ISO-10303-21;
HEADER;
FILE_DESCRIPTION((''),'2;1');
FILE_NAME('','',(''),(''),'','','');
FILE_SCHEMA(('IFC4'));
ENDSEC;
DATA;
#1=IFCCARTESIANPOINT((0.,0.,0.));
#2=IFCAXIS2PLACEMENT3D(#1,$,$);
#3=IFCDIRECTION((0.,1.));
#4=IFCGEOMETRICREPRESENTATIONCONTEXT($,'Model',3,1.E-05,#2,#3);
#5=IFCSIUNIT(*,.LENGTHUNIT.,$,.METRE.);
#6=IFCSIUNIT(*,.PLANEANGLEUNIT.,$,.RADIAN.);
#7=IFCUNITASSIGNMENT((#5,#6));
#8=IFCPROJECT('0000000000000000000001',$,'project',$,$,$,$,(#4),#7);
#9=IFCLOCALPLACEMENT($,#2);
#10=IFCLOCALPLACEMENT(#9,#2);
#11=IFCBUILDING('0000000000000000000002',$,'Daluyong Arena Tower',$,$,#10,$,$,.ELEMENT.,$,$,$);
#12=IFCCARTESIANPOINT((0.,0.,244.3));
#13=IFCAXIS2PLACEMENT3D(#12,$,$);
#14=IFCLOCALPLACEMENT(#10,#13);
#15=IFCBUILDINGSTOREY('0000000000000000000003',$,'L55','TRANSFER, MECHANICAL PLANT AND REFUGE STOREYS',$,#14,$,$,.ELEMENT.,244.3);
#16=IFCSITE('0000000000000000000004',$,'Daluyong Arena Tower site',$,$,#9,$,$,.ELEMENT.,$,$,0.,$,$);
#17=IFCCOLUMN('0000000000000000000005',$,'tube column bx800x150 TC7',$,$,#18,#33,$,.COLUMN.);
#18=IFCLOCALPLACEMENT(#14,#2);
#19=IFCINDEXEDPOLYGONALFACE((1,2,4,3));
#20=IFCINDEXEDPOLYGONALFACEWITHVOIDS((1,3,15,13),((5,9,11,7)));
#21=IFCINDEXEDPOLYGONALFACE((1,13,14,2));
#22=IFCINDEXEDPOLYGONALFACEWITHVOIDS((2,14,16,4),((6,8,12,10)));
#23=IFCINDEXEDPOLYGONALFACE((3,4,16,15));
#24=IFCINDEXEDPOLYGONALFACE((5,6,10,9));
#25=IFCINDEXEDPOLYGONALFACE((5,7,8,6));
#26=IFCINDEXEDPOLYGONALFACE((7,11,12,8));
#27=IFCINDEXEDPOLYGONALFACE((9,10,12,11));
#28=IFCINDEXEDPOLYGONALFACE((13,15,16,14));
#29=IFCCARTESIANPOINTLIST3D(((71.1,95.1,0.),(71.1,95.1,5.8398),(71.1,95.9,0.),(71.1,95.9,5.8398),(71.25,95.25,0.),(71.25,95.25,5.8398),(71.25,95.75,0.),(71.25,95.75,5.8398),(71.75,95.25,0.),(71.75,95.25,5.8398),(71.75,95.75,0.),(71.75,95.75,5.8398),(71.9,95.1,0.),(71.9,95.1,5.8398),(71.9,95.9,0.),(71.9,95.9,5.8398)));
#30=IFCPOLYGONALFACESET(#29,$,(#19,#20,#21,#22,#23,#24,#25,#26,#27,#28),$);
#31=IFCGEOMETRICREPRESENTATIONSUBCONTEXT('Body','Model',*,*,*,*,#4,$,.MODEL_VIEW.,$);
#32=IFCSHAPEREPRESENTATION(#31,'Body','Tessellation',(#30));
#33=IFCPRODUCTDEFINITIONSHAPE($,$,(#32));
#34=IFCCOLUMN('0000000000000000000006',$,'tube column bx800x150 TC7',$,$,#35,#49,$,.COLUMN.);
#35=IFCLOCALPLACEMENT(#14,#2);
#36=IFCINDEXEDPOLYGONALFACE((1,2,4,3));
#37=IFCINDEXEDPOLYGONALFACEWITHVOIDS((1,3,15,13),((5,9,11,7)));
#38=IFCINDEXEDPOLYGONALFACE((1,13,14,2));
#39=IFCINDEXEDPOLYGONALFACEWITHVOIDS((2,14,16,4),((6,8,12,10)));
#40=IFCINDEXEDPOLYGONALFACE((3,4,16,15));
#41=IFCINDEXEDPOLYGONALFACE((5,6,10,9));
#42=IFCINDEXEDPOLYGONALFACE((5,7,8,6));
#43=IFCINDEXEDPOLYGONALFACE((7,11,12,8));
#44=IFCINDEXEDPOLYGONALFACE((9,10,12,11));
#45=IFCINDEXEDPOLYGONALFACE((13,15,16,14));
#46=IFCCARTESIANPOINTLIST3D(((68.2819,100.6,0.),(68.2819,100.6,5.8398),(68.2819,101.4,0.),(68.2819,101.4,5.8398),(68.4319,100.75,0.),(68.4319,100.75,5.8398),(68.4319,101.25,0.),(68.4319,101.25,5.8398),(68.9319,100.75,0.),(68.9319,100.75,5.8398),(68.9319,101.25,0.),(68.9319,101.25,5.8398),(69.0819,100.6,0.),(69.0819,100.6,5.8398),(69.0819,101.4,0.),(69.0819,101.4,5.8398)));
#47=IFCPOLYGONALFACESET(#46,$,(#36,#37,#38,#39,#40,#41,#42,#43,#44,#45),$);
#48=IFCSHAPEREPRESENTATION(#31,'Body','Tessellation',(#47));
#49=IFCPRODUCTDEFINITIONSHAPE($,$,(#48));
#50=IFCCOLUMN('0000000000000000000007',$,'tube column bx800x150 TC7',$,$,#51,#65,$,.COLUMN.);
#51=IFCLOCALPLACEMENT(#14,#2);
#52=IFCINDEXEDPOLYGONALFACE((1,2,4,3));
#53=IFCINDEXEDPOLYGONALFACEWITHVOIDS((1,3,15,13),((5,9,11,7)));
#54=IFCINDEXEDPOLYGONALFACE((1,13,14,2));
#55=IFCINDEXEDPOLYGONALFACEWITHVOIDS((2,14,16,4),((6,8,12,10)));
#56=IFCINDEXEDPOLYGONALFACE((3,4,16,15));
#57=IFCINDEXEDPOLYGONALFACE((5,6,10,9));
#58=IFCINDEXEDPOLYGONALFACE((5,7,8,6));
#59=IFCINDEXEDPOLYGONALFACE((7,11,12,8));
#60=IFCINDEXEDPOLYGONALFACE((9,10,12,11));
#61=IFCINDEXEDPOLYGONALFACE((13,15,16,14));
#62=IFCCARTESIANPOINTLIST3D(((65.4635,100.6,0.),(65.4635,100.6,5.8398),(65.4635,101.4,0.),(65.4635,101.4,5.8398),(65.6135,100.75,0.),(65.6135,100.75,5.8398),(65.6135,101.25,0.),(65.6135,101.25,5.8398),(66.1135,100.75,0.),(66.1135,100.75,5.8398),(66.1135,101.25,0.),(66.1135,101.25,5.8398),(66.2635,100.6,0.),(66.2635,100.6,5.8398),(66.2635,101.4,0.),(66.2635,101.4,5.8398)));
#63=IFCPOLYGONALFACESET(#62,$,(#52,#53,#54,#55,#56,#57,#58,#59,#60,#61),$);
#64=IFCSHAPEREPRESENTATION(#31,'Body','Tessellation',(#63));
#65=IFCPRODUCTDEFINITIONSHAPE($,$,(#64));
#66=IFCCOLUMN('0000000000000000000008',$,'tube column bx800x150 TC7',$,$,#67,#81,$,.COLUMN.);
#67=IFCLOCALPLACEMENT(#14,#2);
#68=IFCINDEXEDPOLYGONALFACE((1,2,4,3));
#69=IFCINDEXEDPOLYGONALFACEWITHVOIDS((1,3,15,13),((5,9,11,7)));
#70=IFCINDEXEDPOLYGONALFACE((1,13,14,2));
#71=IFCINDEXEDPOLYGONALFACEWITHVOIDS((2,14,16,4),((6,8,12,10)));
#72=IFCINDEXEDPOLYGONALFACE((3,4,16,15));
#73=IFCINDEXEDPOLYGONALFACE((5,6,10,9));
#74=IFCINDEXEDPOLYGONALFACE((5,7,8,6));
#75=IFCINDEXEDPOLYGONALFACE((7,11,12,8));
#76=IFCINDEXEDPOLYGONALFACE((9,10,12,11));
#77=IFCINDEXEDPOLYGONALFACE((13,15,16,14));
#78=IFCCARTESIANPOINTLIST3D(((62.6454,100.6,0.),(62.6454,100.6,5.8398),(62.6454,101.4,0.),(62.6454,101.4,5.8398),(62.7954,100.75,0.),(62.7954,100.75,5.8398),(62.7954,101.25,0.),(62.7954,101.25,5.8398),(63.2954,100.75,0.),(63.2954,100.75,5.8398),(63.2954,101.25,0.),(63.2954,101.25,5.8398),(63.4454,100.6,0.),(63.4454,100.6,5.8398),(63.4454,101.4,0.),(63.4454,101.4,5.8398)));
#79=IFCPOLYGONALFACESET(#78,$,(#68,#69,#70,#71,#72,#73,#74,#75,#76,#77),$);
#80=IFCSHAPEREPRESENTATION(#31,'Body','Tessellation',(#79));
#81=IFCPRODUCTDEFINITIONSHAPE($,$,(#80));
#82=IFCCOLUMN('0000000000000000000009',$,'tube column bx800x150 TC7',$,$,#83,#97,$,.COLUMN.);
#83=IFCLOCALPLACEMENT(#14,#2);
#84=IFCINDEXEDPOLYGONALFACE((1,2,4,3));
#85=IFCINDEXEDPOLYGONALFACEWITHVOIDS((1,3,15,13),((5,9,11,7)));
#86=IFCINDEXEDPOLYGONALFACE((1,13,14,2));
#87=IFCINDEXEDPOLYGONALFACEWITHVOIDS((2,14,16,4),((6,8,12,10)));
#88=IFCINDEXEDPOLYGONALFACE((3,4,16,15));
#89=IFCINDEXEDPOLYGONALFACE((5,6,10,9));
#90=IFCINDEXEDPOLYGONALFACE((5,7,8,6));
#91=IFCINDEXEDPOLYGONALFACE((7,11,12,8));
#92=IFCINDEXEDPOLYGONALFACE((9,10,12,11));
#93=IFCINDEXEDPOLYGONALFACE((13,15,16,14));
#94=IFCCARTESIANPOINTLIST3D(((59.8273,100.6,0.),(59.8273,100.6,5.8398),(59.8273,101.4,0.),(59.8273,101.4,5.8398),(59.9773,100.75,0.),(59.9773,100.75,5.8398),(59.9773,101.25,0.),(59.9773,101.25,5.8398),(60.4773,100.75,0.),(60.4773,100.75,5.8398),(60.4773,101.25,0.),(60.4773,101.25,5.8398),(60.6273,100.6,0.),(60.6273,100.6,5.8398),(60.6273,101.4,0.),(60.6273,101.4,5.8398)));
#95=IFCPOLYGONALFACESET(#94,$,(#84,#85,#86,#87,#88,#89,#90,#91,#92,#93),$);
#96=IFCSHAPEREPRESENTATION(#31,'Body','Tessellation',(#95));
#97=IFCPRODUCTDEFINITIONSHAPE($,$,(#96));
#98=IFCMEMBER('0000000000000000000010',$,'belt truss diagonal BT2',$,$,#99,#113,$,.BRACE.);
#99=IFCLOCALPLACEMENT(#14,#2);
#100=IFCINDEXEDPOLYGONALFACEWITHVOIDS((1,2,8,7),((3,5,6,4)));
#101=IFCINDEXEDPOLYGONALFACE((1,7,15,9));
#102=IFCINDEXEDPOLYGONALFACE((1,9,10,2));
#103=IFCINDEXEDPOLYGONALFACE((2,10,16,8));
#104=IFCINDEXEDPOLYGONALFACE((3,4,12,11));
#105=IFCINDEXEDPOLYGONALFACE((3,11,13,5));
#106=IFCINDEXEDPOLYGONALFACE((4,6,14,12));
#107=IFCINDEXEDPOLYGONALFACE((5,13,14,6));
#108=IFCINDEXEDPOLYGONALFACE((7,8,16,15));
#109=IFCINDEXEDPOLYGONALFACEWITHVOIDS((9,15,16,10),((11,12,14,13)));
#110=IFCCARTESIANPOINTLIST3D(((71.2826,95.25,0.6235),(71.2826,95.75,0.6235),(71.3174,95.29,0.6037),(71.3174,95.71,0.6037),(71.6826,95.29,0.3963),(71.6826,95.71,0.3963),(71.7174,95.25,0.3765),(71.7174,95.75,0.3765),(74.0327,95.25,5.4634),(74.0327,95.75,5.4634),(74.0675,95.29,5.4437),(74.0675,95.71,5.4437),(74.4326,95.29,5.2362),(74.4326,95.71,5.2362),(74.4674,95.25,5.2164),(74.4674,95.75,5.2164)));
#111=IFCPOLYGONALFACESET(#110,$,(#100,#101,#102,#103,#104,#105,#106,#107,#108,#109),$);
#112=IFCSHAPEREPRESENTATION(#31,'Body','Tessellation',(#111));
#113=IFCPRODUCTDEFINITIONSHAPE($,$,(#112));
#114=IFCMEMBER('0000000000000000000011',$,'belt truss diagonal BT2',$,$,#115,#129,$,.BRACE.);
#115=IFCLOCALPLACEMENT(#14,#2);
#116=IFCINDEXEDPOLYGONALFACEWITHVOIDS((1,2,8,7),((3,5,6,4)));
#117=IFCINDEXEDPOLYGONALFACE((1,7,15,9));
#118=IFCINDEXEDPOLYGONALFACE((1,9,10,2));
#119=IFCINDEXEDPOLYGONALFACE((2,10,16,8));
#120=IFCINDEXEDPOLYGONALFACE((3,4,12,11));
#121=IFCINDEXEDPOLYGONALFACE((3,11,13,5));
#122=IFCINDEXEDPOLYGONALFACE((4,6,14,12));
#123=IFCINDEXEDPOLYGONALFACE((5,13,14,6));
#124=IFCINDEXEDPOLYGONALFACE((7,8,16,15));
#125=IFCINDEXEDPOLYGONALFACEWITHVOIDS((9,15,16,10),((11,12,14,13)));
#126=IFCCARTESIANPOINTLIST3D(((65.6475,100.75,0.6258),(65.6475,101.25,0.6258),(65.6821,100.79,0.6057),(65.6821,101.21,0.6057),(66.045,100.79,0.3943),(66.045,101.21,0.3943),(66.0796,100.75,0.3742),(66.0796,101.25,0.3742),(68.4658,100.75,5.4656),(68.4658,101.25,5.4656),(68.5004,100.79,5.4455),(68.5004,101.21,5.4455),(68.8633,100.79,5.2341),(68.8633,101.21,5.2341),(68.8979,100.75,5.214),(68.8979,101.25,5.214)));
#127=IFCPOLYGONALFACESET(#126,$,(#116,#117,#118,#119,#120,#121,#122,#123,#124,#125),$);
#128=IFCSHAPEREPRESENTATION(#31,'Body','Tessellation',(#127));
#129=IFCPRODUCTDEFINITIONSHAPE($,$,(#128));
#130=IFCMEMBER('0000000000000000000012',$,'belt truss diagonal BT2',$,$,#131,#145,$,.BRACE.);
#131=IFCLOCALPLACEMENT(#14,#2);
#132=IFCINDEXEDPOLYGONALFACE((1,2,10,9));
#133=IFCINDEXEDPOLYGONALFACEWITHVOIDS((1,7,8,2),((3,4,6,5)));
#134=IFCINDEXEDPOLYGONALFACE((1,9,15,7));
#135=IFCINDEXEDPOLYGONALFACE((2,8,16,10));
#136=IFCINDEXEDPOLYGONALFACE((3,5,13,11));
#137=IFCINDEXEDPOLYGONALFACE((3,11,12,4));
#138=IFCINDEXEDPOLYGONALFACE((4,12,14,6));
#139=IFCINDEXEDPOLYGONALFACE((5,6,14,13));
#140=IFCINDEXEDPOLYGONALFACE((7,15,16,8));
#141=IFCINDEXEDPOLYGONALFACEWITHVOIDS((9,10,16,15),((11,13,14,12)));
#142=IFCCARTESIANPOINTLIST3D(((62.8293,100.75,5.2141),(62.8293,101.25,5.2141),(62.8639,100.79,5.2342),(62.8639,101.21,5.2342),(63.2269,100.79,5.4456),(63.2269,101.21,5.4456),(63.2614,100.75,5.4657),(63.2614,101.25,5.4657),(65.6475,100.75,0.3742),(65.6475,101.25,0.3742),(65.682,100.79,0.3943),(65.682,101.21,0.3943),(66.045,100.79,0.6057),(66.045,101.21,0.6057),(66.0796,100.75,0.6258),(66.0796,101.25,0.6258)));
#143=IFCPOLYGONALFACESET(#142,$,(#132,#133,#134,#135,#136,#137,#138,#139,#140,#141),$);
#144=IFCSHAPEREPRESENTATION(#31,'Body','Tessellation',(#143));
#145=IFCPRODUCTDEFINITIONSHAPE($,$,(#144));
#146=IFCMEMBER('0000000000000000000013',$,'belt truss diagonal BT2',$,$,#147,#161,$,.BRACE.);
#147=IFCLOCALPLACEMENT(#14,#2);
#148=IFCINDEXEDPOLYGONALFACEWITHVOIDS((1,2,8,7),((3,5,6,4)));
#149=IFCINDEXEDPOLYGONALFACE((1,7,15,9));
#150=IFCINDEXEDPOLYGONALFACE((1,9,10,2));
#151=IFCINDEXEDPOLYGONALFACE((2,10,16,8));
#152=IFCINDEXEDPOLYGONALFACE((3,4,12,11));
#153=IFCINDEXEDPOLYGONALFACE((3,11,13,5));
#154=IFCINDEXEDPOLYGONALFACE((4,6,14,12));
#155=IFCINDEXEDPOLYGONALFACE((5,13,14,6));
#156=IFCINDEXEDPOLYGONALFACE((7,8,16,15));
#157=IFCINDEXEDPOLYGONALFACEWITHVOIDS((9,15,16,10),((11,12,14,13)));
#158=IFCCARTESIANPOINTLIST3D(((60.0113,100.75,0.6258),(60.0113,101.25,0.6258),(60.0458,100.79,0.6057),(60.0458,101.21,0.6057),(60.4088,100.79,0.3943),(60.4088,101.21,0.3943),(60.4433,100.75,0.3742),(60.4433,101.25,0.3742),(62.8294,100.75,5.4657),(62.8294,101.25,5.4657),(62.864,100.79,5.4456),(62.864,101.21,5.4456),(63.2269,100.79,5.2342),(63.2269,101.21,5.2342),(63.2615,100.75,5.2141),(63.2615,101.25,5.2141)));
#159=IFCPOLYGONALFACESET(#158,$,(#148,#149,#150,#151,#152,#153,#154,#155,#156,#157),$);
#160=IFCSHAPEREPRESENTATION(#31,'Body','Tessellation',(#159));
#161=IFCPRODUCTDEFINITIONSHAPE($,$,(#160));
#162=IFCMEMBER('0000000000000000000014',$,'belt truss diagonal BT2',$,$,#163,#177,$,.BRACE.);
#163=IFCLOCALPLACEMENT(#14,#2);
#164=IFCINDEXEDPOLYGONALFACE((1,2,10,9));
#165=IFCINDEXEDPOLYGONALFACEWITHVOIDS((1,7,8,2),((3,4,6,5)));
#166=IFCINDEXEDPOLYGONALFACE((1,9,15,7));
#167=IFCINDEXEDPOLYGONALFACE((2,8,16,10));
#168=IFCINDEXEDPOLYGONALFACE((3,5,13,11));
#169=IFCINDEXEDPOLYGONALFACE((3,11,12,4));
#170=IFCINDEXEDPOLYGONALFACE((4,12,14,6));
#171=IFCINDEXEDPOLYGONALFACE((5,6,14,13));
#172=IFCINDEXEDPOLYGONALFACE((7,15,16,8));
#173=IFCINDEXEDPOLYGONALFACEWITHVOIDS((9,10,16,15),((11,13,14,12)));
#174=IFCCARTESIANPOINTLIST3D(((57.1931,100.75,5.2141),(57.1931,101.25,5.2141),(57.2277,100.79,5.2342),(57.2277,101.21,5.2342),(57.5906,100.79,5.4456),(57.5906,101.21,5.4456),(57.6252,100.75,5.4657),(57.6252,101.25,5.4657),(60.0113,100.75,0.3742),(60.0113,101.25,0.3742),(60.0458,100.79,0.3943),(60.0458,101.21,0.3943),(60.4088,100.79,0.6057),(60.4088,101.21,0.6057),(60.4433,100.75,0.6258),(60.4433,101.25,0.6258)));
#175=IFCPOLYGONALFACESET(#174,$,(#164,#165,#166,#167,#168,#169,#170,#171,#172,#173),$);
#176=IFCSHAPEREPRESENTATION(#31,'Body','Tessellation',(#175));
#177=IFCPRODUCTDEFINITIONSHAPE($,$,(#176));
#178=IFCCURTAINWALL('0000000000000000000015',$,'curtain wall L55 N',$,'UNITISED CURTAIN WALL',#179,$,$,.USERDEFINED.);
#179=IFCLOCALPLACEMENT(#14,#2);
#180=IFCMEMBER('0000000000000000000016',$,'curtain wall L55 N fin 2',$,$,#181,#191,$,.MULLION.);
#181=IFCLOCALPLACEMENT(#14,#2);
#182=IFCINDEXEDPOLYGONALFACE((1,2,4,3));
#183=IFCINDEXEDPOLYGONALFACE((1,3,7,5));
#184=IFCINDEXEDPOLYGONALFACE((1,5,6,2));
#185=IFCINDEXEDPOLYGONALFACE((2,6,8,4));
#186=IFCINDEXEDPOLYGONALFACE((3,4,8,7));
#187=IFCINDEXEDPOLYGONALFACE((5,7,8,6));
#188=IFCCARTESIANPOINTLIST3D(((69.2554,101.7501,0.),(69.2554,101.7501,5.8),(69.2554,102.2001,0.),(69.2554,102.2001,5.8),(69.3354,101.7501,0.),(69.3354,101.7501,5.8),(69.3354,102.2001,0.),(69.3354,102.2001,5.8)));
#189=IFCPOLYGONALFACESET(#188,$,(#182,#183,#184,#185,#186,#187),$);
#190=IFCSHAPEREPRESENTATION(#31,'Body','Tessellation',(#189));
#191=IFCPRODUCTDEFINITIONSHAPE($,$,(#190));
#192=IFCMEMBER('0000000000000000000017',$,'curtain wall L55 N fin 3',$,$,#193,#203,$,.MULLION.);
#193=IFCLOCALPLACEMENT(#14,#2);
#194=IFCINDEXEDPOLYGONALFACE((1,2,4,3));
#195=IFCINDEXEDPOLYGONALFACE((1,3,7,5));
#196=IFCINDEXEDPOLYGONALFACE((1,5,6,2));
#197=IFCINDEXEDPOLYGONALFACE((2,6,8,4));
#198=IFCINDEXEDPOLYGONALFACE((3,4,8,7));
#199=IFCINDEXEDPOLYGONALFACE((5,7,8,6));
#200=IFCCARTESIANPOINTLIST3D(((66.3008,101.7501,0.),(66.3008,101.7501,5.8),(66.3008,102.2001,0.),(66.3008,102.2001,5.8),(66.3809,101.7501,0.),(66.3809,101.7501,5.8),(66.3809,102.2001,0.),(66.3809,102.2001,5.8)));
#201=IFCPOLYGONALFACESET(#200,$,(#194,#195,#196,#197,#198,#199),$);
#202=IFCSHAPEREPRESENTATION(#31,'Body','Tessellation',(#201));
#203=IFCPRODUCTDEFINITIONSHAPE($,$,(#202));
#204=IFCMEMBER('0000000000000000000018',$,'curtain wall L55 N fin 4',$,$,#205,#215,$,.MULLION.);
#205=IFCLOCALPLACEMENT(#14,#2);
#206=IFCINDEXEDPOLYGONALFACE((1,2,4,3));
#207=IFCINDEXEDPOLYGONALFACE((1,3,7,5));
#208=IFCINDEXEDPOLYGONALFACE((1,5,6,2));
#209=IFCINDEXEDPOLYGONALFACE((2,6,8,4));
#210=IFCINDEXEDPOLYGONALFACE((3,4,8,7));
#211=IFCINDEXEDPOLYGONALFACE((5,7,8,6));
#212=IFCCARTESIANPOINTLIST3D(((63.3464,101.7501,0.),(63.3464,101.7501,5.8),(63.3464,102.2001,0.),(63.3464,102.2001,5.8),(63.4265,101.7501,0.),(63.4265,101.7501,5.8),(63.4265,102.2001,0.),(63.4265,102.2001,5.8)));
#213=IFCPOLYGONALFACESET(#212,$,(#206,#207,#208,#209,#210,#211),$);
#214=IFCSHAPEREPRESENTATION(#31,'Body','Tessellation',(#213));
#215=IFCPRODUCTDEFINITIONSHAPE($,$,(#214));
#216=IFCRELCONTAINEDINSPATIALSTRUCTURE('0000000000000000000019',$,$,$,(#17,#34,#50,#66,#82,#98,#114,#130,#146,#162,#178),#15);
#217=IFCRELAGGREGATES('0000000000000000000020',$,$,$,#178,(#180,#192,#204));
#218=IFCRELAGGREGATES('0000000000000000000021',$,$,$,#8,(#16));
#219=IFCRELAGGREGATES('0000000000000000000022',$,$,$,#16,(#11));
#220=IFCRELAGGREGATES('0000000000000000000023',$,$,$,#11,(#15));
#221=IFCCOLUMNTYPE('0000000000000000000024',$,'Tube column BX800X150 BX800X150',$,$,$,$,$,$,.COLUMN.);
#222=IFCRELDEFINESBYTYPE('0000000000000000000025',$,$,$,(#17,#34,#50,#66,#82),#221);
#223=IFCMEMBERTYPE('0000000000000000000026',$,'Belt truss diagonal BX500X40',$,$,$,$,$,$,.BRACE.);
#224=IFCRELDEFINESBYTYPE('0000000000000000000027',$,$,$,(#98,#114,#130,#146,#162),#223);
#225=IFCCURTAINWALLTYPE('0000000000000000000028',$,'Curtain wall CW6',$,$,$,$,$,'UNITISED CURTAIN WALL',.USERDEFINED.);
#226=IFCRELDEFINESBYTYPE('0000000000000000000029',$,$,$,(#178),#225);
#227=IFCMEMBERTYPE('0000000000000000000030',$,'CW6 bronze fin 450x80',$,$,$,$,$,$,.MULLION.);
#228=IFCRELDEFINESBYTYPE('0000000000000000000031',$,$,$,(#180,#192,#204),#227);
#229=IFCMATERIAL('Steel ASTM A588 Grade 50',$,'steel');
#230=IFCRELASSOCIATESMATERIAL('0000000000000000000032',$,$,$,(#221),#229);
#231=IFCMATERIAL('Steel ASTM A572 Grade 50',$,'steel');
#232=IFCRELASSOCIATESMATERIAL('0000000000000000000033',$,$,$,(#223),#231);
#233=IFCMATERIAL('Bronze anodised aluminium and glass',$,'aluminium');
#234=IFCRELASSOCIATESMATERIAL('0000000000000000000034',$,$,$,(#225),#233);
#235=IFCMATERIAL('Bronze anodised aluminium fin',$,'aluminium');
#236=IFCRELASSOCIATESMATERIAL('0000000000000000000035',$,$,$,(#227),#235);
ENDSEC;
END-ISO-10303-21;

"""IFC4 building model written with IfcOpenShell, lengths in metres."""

from ifc_helpers import new_model, si_unit, direction, frame, origin, origin_2d, place, context, subcontext, project, spatial, rectangle, hollow_rectangle, extrude, material, material_profile, profile_set, type_object, element, aggregate, save


model = new_model("IFC4")

# Units and contexts
model_context = context("Model", 3, precision=1e-05, world=origin(), true_north=direction((0.0, 1.0)))
body_context = subcontext(model_context, "Body", "Model", "MODEL_VIEW")
ifc_project = project(units=[si_unit("LENGTHUNIT", "METRE"), si_unit("PLANEANGLEUNIT", "RADIAN")], contexts=[model_context])

# Site, building, storey
site_placement = place(None, origin())
site = spatial("IfcSite", under=ifc_project, at=site_placement, Name="Daluyong Arena Tower site", CompositionType="ELEMENT", RefElevation=0.0)
building_placement = place(site_placement, origin())
building = spatial("IfcBuilding", under=site, at=building_placement, Name="Daluyong Arena Tower", CompositionType="ELEMENT")
storey_placement = place(building_placement, frame((0.0, 0.0, 244.3)))
storey = spatial("IfcBuildingStorey", under=building, at=storey_placement, Name="L55", Description="TRANSFER, MECHANICAL PLANT AND REFUGE STOREYS", CompositionType="ELEMENT", Elevation=244.3)

# Columns
ifc_material_1 = material(Name="Steel ASTM A588 Grade 50", Category="steel")
ifc_material_profile_1 = material_profile(ifc_material_1, hollow_rectangle(XDim=0.8, YDim=0.8, WallThickness=0.15, at=origin_2d()))
ifc_profile_set_1 = profile_set([ifc_material_profile_1], Name="Steel ASTM A588 Grade 50")
column_type = type_object("IfcColumnType", Name="Tube column BX800X150 BX800X150", PredefinedType="COLUMN", material=ifc_profile_set_1)
for number, where, z_axis, x_axis, name in (
    (1, (71.5, 95.5, 0.0), (0.0, 0.0, 1.0), (0.0, 1.0, 0.0), "tube column bx800x150 TC7"),
    (2, (68.6819, 101.0, 0.0), (0.0, 0.0, 1.0), (1.0, 0.0, 0.0), "tube column bx800x150 TC7"),
    (3, (65.8635, 101.0, 0.0), (0.0, 0.0, 1.0), (1.0, 0.0, 0.0), "tube column bx800x150 TC7"),
    (4, (63.0454, 101.0, 0.0), (0.0, 0.0, 1.0), (1.0, 0.0, 0.0), "tube column bx800x150 TC7"),
    (5, (60.2273, 101.0, 0.0), (0.0, 0.0, 1.0), (1.0, 0.0, 0.0), "tube column bx800x150 TC7"),
):
    element("IfcColumn", number, at=place(storey_placement, frame(where, z_axis=z_axis, x_axis=x_axis)), inside=storey, type_object=column_type, Name=name, PredefinedType="COLUMN", context=body_context, shape_type="SweptSolid", body=[
        extrude(hollow_rectangle(XDim=0.8, YDim=0.8, WallThickness=0.15, at=origin_2d()), origin(), (0.0, 0.0, 1.0), 5.8398),
    ])

# Members
ifc_material_2 = material(Name="Steel ASTM A572 Grade 50", Category="steel")
ifc_material_profile_2 = material_profile(ifc_material_2, hollow_rectangle(XDim=0.5, YDim=0.5, WallThickness=0.04, at=origin_2d()))
ifc_profile_set_2 = profile_set([ifc_material_profile_2], Name="Steel ASTM A572 Grade 50")
member_type_1 = type_object("IfcMemberType", Name="Belt truss diagonal BX500X40", PredefinedType="BRACE", material=ifc_profile_set_2)
member_1_placement = place(storey_placement, frame((71.5, 95.5, 0.5), z_axis=(0.494021, 0.0, 0.86945), x_axis=(0.0, 1.0, 0.0)))
element("IfcMember", 6, at=member_1_placement, inside=storey, type_object=member_type_1, Name="belt truss diagonal BT2", PredefinedType="BRACE", context=body_context, shape_type="SweptSolid", body=[
    extrude(hollow_rectangle(XDim=0.5, YDim=0.5, WallThickness=0.04, at=origin_2d()), origin(), (0.0, 0.0, 1.0), 5.5667),
])
for number, where, z_axis, x_axis, name in (
    (7, (65.8635, 101.0, 0.5), (0.50322, 0.0, 0.864158), (0.0, 1.0, 0.0), "belt truss diagonal BT2"),
    (8, (65.8635, 101.0, 0.5), (-0.503188, 0.0, 0.864177), (0.0, -1.0, 0.0), "belt truss diagonal BT2"),
    (9, (60.2273, 101.0, 0.5), (0.503188, 0.0, 0.864177), (0.0, 1.0, 0.0), "belt truss diagonal BT2"),
    (10, (60.2273, 101.0, 0.5), (-0.503188, 0.0, 0.864177), (0.0, -1.0, 0.0), "belt truss diagonal BT2"),
):
    element("IfcMember", number, at=place(storey_placement, frame(where, z_axis=z_axis, x_axis=x_axis)), inside=storey, type_object=member_type_1, Name=name, PredefinedType="BRACE", context=body_context, shape_type="SweptSolid", body=[
        extrude(hollow_rectangle(XDim=0.5, YDim=0.5, WallThickness=0.04, at=origin_2d()), origin(), (0.0, 0.0, 1.0), 5.6006),
    ])

# Curtain wall, members
ifc_material_3 = material(Name="Bronze anodised aluminium and glass", Category="aluminium")
curtain_wall_type = type_object("IfcCurtainWallType", Name="Curtain wall CW6", ElementType="UNITISED CURTAIN WALL", PredefinedType="USERDEFINED", material=ifc_material_3)
curtain_wall_placement = place(storey_placement, origin())
curtain_wall = element("IfcCurtainWall", 11, at=curtain_wall_placement, inside=storey, type_object=curtain_wall_type, Name="curtain wall L55 N", ObjectType="UNITISED CURTAIN WALL", PredefinedType="USERDEFINED")
ifc_material_4 = material(Name="Bronze anodised aluminium fin", Category="aluminium")
ifc_material_profile_3 = material_profile(ifc_material_4, rectangle(XDim=0.45, YDim=0.0801, at=origin_2d()))
ifc_profile_set_3 = profile_set([ifc_material_profile_3], Name="Bronze anodised aluminium fin")
member_type_2 = type_object("IfcMemberType", Name="CW6 bronze fin 450x80", PredefinedType="MULLION", material=ifc_profile_set_3)
member_2_placement = place(storey_placement, frame((69.2954, 101.9751, 0.0), z_axis=(0.0, 0.0, 1.0), x_axis=(0.0, -1.0, 0.0)))
member_2 = element("IfcMember", 12, at=member_2_placement, type_object=member_type_2, Name="curtain wall L55 N fin 2", PredefinedType="MULLION", context=body_context, shape_type="SweptSolid", body=[
    extrude(rectangle(XDim=0.45, YDim=0.0801, at=origin_2d()), origin(), (0.0, 0.0, 1.0), 5.8),
])
member_3_placement = place(storey_placement, frame((66.3408, 101.9751, 0.0), z_axis=(0.0, 0.0, 1.0), x_axis=(0.0, -1.0, 0.0)))
member_3 = element("IfcMember", 13, at=member_3_placement, type_object=member_type_2, Name="curtain wall L55 N fin 3", PredefinedType="MULLION", context=body_context, shape_type="SweptSolid", body=[
    extrude(rectangle(XDim=0.45, YDim=0.0801, at=origin_2d()), origin(), (0.0, 0.0, 1.0), 5.8),
])
member_4_placement = place(storey_placement, frame((63.3865, 101.9751, 0.0), z_axis=(0.0, 0.0, 1.0), x_axis=(0.0, -1.0, 0.0)))
member_4 = element("IfcMember", 14, at=member_4_placement, type_object=member_type_2, Name="curtain wall L55 N fin 4", PredefinedType="MULLION", context=body_context, shape_type="SweptSolid", body=[
    extrude(rectangle(XDim=0.45, YDim=0.0801, at=origin_2d()), origin(), (0.0, 0.0, 1.0), 5.8),
])

aggregate(curtain_wall, [member_2, member_3, member_4])

save(model, "model.ifc")
